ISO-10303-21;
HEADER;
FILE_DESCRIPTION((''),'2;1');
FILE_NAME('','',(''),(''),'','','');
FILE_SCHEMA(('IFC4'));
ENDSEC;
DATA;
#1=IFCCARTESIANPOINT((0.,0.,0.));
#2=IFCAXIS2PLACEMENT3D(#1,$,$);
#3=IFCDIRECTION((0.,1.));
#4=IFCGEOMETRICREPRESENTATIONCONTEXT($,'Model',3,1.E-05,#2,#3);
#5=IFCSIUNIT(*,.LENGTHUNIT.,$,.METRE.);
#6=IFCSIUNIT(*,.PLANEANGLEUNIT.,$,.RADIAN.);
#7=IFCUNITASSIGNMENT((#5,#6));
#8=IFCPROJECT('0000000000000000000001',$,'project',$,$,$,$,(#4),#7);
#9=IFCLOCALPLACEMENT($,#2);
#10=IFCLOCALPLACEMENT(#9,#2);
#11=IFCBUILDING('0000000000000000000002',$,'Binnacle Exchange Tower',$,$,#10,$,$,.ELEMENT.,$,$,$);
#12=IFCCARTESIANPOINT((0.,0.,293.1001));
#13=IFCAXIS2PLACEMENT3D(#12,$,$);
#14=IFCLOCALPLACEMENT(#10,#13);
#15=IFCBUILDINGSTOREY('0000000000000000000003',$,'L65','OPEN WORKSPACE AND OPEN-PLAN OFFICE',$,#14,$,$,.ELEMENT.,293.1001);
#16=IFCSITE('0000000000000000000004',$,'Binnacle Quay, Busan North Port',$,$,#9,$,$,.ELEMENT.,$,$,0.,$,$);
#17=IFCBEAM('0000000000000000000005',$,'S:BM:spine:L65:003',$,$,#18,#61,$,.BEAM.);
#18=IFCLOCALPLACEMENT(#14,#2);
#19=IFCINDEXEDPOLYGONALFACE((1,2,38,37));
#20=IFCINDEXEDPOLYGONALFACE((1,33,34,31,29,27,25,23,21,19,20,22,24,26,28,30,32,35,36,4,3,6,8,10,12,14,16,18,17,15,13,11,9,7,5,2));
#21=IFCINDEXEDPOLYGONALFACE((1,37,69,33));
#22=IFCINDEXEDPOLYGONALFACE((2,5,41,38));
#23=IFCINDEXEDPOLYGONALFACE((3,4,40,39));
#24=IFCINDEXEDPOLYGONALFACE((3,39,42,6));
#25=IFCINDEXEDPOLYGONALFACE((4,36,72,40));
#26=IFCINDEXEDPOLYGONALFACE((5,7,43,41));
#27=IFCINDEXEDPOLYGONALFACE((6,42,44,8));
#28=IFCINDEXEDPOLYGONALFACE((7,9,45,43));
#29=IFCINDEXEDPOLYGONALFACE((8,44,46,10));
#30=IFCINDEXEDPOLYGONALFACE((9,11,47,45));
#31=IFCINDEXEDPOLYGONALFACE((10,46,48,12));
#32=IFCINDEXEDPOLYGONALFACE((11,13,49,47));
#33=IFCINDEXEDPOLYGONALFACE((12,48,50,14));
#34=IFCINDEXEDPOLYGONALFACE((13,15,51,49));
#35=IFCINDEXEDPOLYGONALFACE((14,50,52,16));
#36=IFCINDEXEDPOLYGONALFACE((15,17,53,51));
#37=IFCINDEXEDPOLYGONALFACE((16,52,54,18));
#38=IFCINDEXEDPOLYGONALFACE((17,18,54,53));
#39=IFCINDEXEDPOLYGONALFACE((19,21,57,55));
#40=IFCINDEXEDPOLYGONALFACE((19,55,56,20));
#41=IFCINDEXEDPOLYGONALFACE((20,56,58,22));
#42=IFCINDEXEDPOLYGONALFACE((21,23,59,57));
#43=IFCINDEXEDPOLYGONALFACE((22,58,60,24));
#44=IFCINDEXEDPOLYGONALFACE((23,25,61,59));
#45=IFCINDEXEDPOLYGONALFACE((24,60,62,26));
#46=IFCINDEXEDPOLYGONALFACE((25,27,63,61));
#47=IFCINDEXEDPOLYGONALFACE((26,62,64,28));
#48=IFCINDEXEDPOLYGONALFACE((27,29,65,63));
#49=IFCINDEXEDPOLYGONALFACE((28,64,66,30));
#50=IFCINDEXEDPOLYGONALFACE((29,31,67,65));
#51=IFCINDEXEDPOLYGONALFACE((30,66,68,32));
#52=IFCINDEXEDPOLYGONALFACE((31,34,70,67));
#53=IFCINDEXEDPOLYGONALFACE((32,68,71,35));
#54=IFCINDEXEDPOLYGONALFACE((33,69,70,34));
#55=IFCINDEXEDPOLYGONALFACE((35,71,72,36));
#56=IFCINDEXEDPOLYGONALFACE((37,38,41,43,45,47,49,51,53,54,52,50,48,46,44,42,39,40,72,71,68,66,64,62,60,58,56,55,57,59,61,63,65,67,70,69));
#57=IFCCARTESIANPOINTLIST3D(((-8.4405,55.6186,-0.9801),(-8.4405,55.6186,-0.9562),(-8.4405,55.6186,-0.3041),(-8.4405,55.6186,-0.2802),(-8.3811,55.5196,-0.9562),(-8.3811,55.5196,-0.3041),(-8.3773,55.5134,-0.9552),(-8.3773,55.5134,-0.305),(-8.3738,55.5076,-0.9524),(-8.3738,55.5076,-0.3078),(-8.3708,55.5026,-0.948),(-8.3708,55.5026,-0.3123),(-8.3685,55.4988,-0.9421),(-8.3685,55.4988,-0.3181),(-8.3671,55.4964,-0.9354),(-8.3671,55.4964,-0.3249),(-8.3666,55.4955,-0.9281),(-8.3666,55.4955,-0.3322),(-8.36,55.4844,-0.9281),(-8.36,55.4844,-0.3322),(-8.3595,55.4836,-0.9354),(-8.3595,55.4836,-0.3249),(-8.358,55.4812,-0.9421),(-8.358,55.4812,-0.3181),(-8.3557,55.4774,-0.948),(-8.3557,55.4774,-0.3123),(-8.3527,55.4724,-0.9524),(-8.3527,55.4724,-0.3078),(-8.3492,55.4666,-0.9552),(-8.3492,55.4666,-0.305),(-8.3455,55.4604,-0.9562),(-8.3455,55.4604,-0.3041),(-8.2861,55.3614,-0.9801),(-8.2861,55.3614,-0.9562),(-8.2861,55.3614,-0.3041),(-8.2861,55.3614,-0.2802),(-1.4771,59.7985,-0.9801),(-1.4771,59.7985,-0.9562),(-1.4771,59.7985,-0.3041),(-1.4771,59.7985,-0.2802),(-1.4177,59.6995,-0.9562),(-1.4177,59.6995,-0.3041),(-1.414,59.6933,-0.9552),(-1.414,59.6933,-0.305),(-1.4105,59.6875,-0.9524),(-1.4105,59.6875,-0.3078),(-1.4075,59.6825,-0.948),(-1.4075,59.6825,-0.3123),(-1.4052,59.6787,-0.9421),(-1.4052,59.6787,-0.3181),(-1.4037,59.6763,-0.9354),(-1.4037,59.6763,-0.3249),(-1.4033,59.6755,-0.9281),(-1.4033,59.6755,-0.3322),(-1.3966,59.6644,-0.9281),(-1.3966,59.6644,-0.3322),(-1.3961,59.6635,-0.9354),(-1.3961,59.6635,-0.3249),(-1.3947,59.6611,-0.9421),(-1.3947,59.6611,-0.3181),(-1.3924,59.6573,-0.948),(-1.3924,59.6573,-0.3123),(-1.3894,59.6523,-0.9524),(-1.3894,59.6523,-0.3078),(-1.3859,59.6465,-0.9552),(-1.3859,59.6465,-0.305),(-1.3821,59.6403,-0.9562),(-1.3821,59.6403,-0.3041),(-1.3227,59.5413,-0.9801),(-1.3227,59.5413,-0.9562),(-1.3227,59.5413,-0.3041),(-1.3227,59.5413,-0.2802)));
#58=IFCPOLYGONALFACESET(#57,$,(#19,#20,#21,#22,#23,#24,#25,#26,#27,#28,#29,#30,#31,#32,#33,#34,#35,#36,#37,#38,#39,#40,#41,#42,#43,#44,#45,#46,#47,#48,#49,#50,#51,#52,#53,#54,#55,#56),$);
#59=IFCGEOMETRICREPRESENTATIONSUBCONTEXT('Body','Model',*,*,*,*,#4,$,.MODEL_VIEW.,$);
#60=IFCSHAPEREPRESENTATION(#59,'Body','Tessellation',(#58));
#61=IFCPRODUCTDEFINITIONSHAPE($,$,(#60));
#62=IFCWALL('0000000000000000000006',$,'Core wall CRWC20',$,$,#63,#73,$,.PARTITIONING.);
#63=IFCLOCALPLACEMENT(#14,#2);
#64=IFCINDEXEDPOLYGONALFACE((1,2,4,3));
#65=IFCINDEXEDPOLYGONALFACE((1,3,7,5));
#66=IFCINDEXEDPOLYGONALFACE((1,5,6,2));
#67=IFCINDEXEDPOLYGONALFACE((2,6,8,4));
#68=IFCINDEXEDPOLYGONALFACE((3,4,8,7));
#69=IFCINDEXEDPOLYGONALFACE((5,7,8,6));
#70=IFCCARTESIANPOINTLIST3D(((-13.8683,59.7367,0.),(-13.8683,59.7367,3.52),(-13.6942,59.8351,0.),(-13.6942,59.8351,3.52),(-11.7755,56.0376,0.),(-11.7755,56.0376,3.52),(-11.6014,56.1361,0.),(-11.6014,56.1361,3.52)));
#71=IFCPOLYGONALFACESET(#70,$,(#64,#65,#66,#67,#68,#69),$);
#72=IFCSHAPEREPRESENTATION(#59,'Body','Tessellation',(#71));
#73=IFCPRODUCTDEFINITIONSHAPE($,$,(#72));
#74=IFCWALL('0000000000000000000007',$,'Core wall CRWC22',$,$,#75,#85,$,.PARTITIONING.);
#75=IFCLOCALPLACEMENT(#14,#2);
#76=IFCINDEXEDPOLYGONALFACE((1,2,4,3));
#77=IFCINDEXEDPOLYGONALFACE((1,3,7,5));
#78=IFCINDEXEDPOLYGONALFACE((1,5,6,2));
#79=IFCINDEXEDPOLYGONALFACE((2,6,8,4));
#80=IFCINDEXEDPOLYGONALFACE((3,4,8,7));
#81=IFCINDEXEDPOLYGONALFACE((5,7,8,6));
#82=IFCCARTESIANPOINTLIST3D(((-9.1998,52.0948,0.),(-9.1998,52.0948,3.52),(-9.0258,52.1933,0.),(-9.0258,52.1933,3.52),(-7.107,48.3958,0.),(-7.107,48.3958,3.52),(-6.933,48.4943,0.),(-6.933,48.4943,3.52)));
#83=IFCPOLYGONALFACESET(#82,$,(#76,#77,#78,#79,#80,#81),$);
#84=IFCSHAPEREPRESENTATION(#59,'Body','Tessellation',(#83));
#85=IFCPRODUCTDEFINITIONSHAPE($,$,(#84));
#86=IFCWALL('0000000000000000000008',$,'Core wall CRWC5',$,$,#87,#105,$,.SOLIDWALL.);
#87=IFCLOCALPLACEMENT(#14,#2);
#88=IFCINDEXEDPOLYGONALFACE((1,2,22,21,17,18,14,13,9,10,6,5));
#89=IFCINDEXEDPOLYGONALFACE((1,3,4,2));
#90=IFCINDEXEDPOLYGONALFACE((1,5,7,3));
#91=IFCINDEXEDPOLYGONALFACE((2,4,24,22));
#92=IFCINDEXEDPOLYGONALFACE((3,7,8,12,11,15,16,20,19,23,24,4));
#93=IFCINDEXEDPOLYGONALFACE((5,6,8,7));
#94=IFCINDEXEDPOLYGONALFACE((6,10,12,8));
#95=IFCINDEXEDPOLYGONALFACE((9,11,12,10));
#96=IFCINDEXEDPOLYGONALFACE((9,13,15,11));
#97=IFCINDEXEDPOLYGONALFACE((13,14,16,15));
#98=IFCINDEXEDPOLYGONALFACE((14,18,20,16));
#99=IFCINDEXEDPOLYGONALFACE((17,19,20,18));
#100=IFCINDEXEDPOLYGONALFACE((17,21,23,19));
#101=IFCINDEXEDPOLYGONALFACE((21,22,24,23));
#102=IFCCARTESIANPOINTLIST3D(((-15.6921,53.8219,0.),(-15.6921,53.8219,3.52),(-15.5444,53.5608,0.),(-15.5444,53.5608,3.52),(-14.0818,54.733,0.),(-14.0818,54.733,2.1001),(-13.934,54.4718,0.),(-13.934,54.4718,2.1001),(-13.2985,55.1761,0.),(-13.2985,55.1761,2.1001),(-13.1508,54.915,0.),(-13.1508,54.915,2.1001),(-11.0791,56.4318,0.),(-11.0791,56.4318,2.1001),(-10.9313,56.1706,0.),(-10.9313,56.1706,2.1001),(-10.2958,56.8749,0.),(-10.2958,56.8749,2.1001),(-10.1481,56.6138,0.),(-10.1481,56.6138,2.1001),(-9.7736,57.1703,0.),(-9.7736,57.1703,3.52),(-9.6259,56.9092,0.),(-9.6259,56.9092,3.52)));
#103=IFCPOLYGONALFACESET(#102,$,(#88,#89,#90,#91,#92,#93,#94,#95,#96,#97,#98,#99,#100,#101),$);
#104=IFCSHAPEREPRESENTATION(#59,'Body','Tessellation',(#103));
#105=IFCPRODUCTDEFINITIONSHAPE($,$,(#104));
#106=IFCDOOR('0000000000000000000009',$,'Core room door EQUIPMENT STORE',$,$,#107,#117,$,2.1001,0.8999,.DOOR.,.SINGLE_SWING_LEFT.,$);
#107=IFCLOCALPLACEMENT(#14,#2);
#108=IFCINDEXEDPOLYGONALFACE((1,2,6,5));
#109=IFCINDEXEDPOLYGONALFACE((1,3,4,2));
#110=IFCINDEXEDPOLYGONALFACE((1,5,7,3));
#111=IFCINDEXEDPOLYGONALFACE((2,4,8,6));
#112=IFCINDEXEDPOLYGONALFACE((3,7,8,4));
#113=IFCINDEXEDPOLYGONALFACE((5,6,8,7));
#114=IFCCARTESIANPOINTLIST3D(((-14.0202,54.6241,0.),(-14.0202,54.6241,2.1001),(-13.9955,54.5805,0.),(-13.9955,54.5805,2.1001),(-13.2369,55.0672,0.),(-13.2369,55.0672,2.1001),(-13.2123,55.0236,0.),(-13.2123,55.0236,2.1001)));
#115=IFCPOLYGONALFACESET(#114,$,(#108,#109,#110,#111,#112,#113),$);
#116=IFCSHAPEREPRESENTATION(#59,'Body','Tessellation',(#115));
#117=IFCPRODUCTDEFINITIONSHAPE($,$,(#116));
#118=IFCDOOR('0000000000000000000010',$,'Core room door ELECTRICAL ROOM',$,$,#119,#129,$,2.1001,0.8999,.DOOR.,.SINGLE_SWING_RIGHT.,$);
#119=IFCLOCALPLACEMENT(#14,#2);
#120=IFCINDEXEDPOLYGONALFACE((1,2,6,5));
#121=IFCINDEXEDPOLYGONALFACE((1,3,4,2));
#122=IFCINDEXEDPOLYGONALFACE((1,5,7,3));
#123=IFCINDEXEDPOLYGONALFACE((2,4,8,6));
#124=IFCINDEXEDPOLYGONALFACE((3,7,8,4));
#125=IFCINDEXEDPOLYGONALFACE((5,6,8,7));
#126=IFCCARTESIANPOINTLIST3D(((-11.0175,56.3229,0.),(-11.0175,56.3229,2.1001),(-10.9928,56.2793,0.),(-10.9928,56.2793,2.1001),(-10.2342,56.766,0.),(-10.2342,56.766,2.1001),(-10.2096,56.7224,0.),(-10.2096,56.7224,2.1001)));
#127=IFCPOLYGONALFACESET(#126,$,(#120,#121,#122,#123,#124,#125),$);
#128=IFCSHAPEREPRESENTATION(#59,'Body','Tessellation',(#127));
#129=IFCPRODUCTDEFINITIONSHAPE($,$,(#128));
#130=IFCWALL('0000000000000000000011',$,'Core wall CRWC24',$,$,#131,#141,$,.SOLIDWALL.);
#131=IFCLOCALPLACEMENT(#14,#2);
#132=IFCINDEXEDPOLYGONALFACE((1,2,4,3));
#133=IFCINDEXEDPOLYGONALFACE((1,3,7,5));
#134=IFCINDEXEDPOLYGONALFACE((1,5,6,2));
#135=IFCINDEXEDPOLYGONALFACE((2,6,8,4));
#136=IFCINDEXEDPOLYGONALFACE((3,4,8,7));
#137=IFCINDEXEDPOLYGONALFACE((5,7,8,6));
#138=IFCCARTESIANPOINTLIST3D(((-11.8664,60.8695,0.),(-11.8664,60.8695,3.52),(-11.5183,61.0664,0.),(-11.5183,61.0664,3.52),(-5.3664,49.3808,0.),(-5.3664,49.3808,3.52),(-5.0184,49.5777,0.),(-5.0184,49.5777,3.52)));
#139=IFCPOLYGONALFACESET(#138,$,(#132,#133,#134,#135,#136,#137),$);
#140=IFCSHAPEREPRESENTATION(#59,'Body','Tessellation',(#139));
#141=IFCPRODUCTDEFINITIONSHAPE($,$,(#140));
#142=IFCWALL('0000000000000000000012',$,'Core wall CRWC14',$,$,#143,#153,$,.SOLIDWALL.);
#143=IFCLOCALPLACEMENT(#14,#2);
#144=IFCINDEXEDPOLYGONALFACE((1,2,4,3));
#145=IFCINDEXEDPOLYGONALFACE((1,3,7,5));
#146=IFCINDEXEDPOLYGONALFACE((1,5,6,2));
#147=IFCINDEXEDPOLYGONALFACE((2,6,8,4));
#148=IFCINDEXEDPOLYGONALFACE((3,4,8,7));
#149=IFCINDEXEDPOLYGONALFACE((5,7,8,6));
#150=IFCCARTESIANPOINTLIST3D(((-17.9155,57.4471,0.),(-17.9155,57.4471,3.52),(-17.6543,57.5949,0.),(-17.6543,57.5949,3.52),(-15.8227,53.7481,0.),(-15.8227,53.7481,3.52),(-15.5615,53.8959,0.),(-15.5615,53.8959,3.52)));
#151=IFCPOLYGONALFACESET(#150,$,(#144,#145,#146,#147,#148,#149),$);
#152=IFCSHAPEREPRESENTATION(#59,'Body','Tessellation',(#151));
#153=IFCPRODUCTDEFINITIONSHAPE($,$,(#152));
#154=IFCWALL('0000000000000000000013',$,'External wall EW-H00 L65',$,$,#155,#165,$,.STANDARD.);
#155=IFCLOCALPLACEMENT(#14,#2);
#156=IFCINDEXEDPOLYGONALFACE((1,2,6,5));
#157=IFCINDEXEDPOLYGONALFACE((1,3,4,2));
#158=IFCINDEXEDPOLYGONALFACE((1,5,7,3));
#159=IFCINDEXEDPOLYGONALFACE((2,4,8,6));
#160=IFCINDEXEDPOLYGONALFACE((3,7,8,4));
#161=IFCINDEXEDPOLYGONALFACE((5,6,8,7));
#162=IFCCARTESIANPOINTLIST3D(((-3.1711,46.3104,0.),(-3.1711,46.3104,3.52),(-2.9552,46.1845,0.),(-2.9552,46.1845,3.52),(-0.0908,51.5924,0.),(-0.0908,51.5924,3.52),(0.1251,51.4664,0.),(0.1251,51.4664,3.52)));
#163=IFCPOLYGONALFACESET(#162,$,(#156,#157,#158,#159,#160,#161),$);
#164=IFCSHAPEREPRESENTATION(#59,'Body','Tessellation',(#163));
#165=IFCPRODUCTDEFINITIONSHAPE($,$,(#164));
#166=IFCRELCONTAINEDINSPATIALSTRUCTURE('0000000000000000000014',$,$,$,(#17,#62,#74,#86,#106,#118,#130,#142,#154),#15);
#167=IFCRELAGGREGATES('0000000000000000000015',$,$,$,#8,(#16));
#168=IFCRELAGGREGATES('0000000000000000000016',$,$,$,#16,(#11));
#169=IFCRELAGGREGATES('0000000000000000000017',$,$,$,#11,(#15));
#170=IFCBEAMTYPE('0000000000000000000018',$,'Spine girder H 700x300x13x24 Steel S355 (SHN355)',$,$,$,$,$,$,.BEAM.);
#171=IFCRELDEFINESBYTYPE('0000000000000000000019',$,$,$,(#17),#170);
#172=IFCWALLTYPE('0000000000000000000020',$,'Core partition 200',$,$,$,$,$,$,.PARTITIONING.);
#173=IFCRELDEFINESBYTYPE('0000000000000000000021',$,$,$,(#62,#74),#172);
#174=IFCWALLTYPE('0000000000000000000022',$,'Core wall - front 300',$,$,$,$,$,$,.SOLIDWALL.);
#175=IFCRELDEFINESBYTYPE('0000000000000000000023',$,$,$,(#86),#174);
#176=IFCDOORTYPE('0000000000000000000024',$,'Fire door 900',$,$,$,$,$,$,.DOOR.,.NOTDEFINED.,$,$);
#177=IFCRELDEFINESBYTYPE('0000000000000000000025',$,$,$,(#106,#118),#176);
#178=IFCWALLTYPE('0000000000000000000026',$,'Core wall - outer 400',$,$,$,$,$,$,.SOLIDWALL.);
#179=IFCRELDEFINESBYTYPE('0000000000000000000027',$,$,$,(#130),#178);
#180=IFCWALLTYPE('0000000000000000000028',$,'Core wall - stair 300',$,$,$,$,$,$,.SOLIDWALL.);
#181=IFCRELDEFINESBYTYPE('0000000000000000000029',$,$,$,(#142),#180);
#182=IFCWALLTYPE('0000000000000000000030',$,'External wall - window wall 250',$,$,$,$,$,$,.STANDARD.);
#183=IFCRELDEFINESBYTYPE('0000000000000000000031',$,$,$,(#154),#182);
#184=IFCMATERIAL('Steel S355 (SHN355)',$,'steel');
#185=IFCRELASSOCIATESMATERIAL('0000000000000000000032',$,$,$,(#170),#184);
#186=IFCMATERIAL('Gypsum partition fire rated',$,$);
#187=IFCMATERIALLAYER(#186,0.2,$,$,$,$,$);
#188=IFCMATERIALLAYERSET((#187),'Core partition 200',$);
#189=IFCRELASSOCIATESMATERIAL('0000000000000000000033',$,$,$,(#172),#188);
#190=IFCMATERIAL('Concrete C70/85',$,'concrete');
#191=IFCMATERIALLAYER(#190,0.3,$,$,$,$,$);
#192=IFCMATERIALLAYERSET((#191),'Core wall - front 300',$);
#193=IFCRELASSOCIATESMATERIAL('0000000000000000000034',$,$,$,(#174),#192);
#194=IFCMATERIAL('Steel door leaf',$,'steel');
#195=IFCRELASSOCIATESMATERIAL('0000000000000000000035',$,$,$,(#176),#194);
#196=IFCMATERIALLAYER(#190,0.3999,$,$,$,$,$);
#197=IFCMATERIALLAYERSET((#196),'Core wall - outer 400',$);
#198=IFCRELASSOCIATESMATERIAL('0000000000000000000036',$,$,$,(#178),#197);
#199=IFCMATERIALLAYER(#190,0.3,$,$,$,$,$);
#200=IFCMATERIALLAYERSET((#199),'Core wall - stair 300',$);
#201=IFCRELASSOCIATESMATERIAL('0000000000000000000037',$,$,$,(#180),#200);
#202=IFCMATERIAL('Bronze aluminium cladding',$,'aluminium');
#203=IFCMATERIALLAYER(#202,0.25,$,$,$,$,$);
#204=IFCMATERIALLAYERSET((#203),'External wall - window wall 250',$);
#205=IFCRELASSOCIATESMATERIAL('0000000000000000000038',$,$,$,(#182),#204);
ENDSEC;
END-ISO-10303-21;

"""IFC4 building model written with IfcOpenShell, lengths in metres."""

from ifc_helpers import new_model, si_unit, direction, frame, frame_2d, origin, origin_2d, place, context, subcontext, project, spatial, rectangle, i_section, extrude, material, layer, layer_set, material_profile, profile_set, type_object, element, fill, save


model = new_model("IFC4")

# Units and contexts
model_context = context("Model", 3, precision=1e-05, world=origin(), true_north=direction((0.0, 1.0)))
body_context = subcontext(model_context, "Body", "Model", "MODEL_VIEW")
ifc_project = project(units=[si_unit("LENGTHUNIT", "METRE"), si_unit("PLANEANGLEUNIT", "RADIAN")], contexts=[model_context])

# Site, building, storey
site_placement = place(None, origin())
site = spatial("IfcSite", under=ifc_project, at=site_placement, Name="Binnacle Quay, Busan North Port", CompositionType="ELEMENT", RefElevation=0.0)
building_placement = place(site_placement, origin())
building = spatial("IfcBuilding", under=site, at=building_placement, Name="Binnacle Exchange Tower", CompositionType="ELEMENT")
storey_placement = place(building_placement, frame((0.0, 0.0, 293.1001)))
storey = spatial("IfcBuildingStorey", under=building, at=storey_placement, Name="L65", Description="OPEN WORKSPACE AND OPEN-PLAN OFFICE", CompositionType="ELEMENT", Elevation=293.1001)

# Beam
ifc_material_1 = material(Name="Steel S355 (SHN355)", Category="steel")
ifc_material_profile_1 = material_profile(ifc_material_1, i_section(OverallWidth=0.3, OverallDepth=0.7, WebThickness=0.0129, FlangeThickness=0.0239, FilletRadius=0.0281, at=origin_2d()), Name="H 700x300x13x24")
ifc_profile_set_1 = profile_set([ifc_material_profile_1], Name="Steel S355 (SHN355)")
beam_type_1 = type_object("IfcBeamType", Name="Spine girder H 700x300x13x24 Steel S355 (SHN355)", PredefinedType="BEAM", material=ifc_profile_set_1)
beam_1_placement = place(storey_placement, frame((-8.3633, 55.49, -0.6301), z_axis=(0.857389, 0.514668, 0.0), x_axis=(-0.514668, 0.857389, 0.0)))
element("IfcBeam", 1, at=beam_1_placement, inside=storey, type_object=beam_type_1, Name="S:BM:spine:L65:003", PredefinedType="BEAM", context=body_context, shape_type="SweptSolid", body=[
    extrude(i_section(OverallWidth=0.3, OverallDepth=0.7, WebThickness=0.0129, FlangeThickness=0.0239, FilletRadius=0.0281, at=origin_2d()), origin(), (0.0, 0.0, 1.0), 8.1216),
])

# Walls
ifc_material_2 = material(Name="Gypsum partition fire rated")
ifc_layer_1 = layer(ifc_material_2, 0.2)
ifc_layer_set_1 = layer_set([ifc_layer_1], Name="Core partition 200")
wall_type_1 = type_object("IfcWallType", Name="Core partition 200", PredefinedType="PARTITIONING", material=ifc_layer_set_1)
for number, where, z_axis, x_axis, name in (
    (2, (-13.7812, 59.7859, 0.0), (0.0, 0.0, 1.0), (0.492423, -0.870356, 0.0), "Core wall CRWC20"),
    (3, (-9.1128, 52.144, 0.0), (0.0, 0.0, 1.0), (0.492423, -0.870356, 0.0), "Core wall CRWC22"),
):
    element("IfcWall", number, at=place(storey_placement, frame(where, z_axis=z_axis, x_axis=x_axis)), inside=storey, type_object=wall_type_1, Name=name, PredefinedType="PARTITIONING", context=body_context, shape_type="SweptSolid", body=[
        extrude(rectangle(XDim=4.25, YDim=0.2, at=frame_2d((2.125, 0.0))), origin(), (0.0, 0.0, 1.0), 3.52),
    ])

# Wall, openings, doors
ifc_material_3 = material(Name="Concrete C70/85", Category="concrete")
ifc_layer_2 = layer(ifc_material_3, 0.3)
ifc_layer_set_2 = layer_set([ifc_layer_2], Name="Core wall - front 300")
wall_type_2 = type_object("IfcWallType", Name="Core wall - front 300", PredefinedType="SOLIDWALL", material=ifc_layer_set_2)
wall_1_placement = place(storey_placement, frame((-15.6182, 53.6914, 0.0), z_axis=(0.0, 0.0, 1.0), x_axis=(0.870363, 0.492411, 0.0)))
wall_1 = element("IfcWall", 4, at=wall_1_placement, inside=storey, type_object=wall_type_2, Name="Core wall CRWC5", PredefinedType="SOLIDWALL", context=body_context, shape_type="SweptSolid", body=[
    extrude(rectangle(XDim=6.8, YDim=0.3, at=frame_2d((3.3999, 0.0))), origin(), (0.0, 0.0, 1.0), 3.52),
])
opening_1_placement = place(wall_1_placement, frame((1.8501, 0.0, 0.0)))
opening_1 = element("IfcOpeningElement", 5, at=opening_1_placement, cuts=wall_1, PredefinedType="OPENING", context=body_context, shape_type="SweptSolid", body=[
    extrude(rectangle(XDim=0.8999, YDim=2.1001, at=frame_2d((0.45, 1.05))), frame((0.0, 0.1599, 0.0), z_axis=(0.0, -1.0, 0.0), x_axis=(1.0, 0.0, 0.0)), (0.0, 0.0, 1.0), 0.3201),
])
opening_2_placement = place(wall_1_placement, frame((5.3, 0.0, 0.0)))
opening_2 = element("IfcOpeningElement", 6, at=opening_2_placement, cuts=wall_1, PredefinedType="OPENING", context=body_context, shape_type="SweptSolid", body=[
    extrude(rectangle(XDim=0.8999, YDim=2.1001, at=frame_2d((0.45, 1.05))), frame((0.0, 0.1599, 0.0), z_axis=(0.0, -1.0, 0.0), x_axis=(1.0, 0.0, 0.0)), (0.0, 0.0, 1.0), 0.3201),
])
ifc_material_4 = material(Name="Steel door leaf", Category="steel")
door_type = type_object("IfcDoorType", Name="Fire door 900", OperationType="NOTDEFINED", PredefinedType="DOOR", material=ifc_material_4)
door_1_placement = place(opening_1_placement, origin())
door_1 = element("IfcDoor", 7, at=door_1_placement, inside=storey, type_object=door_type, Name="Core room door EQUIPMENT STORE", OperationType="SINGLE_SWING_LEFT", OverallHeight=2.1001, OverallWidth=0.8999, PredefinedType="DOOR", context=body_context, shape_type="SweptSolid", body=[
    extrude(rectangle(XDim=0.8999, YDim=2.1001, at=frame_2d((0.45, 1.05))), frame((0.0, 0.0249, 0.0), z_axis=(0.0, -1.0, 0.0), x_axis=(1.0, 0.0, 0.0)), (0.0, 0.0, 1.0), 0.05),
])
fill(opening_1, door_1)
door_2_placement = place(opening_2_placement, origin())
door_2 = element("IfcDoor", 8, at=door_2_placement, inside=storey, type_object=door_type, Name="Core room door ELECTRICAL ROOM", OperationType="SINGLE_SWING_RIGHT", OverallHeight=2.1001, OverallWidth=0.8999, PredefinedType="DOOR", context=body_context, shape_type="SweptSolid", body=[
    extrude(rectangle(XDim=0.8999, YDim=2.1001, at=frame_2d((0.45, 1.05))), frame((0.0, 0.0249, 0.0), z_axis=(0.0, -1.0, 0.0), x_axis=(1.0, 0.0, 0.0)), (0.0, 0.0, 1.0), 0.05),
])
fill(opening_2, door_2)

# Walls
ifc_layer_3 = layer(ifc_material_3, 0.3999)
ifc_layer_set_3 = layer_set([ifc_layer_3], Name="Core wall - outer 400")
wall_type_3 = type_object("IfcWallType", Name="Core wall - outer 400", PredefinedType="SOLIDWALL", material=ifc_layer_set_3)
wall_2_placement = place(storey_placement, frame((-11.6924, 60.968, 0.0), z_axis=(0.0, 0.0, 1.0), x_axis=(0.492422, -0.870357, 0.0)))
element("IfcWall", 9, at=wall_2_placement, inside=storey, type_object=wall_type_3, Name="Core wall CRWC24", PredefinedType="SOLIDWALL", context=body_context, shape_type="SweptSolid", body=[
    extrude(rectangle(XDim=13.2, YDim=0.3999, at=frame_2d((6.6001, 0.0))), origin(), (0.0, 0.0, 1.0), 3.52),
])
ifc_layer_4 = layer(ifc_material_3, 0.3)
ifc_layer_set_4 = layer_set([ifc_layer_4], Name="Core wall - stair 300")
wall_type_4 = type_object("IfcWallType", Name="Core wall - stair 300", PredefinedType="SOLIDWALL", material=ifc_layer_set_4)
wall_3_placement = place(storey_placement, frame((-17.7849, 57.521, 0.0), z_axis=(0.0, 0.0, 1.0), x_axis=(0.492423, -0.870356, 0.0)))
element("IfcWall", 10, at=wall_3_placement, inside=storey, type_object=wall_type_4, Name="Core wall CRWC14", PredefinedType="SOLIDWALL", context=body_context, shape_type="SweptSolid", body=[
    extrude(rectangle(XDim=4.25, YDim=0.3, at=frame_2d((2.125, 0.0))), origin(), (0.0, 0.0, 1.0), 3.52),
])
ifc_material_5 = material(Name="Bronze aluminium cladding", Category="aluminium")
ifc_layer_5 = layer(ifc_material_5, 0.25)
ifc_layer_set_5 = layer_set([ifc_layer_5], Name="External wall - window wall 250")
wall_type_5 = type_object("IfcWallType", Name="External wall - window wall 250", PredefinedType="STANDARD", material=ifc_layer_set_5)
wall_4_placement = place(storey_placement, frame((0.0171, 51.5293, 0.0), z_axis=(0.0, 0.0, 1.0), x_axis=(-0.503769, -0.863838, 0.0)))
element("IfcWall", 11, at=wall_4_placement, inside=storey, type_object=wall_type_5, Name="External wall EW-H00 L65", PredefinedType="STANDARD", context=body_context, shape_type="SweptSolid", body=[
    extrude(rectangle(XDim=6.1145, YDim=0.25, at=frame_2d((3.0571, 0.0))), origin(), (0.0, 0.0, 1.0), 3.52),
])

save(model, "model.ifc")
